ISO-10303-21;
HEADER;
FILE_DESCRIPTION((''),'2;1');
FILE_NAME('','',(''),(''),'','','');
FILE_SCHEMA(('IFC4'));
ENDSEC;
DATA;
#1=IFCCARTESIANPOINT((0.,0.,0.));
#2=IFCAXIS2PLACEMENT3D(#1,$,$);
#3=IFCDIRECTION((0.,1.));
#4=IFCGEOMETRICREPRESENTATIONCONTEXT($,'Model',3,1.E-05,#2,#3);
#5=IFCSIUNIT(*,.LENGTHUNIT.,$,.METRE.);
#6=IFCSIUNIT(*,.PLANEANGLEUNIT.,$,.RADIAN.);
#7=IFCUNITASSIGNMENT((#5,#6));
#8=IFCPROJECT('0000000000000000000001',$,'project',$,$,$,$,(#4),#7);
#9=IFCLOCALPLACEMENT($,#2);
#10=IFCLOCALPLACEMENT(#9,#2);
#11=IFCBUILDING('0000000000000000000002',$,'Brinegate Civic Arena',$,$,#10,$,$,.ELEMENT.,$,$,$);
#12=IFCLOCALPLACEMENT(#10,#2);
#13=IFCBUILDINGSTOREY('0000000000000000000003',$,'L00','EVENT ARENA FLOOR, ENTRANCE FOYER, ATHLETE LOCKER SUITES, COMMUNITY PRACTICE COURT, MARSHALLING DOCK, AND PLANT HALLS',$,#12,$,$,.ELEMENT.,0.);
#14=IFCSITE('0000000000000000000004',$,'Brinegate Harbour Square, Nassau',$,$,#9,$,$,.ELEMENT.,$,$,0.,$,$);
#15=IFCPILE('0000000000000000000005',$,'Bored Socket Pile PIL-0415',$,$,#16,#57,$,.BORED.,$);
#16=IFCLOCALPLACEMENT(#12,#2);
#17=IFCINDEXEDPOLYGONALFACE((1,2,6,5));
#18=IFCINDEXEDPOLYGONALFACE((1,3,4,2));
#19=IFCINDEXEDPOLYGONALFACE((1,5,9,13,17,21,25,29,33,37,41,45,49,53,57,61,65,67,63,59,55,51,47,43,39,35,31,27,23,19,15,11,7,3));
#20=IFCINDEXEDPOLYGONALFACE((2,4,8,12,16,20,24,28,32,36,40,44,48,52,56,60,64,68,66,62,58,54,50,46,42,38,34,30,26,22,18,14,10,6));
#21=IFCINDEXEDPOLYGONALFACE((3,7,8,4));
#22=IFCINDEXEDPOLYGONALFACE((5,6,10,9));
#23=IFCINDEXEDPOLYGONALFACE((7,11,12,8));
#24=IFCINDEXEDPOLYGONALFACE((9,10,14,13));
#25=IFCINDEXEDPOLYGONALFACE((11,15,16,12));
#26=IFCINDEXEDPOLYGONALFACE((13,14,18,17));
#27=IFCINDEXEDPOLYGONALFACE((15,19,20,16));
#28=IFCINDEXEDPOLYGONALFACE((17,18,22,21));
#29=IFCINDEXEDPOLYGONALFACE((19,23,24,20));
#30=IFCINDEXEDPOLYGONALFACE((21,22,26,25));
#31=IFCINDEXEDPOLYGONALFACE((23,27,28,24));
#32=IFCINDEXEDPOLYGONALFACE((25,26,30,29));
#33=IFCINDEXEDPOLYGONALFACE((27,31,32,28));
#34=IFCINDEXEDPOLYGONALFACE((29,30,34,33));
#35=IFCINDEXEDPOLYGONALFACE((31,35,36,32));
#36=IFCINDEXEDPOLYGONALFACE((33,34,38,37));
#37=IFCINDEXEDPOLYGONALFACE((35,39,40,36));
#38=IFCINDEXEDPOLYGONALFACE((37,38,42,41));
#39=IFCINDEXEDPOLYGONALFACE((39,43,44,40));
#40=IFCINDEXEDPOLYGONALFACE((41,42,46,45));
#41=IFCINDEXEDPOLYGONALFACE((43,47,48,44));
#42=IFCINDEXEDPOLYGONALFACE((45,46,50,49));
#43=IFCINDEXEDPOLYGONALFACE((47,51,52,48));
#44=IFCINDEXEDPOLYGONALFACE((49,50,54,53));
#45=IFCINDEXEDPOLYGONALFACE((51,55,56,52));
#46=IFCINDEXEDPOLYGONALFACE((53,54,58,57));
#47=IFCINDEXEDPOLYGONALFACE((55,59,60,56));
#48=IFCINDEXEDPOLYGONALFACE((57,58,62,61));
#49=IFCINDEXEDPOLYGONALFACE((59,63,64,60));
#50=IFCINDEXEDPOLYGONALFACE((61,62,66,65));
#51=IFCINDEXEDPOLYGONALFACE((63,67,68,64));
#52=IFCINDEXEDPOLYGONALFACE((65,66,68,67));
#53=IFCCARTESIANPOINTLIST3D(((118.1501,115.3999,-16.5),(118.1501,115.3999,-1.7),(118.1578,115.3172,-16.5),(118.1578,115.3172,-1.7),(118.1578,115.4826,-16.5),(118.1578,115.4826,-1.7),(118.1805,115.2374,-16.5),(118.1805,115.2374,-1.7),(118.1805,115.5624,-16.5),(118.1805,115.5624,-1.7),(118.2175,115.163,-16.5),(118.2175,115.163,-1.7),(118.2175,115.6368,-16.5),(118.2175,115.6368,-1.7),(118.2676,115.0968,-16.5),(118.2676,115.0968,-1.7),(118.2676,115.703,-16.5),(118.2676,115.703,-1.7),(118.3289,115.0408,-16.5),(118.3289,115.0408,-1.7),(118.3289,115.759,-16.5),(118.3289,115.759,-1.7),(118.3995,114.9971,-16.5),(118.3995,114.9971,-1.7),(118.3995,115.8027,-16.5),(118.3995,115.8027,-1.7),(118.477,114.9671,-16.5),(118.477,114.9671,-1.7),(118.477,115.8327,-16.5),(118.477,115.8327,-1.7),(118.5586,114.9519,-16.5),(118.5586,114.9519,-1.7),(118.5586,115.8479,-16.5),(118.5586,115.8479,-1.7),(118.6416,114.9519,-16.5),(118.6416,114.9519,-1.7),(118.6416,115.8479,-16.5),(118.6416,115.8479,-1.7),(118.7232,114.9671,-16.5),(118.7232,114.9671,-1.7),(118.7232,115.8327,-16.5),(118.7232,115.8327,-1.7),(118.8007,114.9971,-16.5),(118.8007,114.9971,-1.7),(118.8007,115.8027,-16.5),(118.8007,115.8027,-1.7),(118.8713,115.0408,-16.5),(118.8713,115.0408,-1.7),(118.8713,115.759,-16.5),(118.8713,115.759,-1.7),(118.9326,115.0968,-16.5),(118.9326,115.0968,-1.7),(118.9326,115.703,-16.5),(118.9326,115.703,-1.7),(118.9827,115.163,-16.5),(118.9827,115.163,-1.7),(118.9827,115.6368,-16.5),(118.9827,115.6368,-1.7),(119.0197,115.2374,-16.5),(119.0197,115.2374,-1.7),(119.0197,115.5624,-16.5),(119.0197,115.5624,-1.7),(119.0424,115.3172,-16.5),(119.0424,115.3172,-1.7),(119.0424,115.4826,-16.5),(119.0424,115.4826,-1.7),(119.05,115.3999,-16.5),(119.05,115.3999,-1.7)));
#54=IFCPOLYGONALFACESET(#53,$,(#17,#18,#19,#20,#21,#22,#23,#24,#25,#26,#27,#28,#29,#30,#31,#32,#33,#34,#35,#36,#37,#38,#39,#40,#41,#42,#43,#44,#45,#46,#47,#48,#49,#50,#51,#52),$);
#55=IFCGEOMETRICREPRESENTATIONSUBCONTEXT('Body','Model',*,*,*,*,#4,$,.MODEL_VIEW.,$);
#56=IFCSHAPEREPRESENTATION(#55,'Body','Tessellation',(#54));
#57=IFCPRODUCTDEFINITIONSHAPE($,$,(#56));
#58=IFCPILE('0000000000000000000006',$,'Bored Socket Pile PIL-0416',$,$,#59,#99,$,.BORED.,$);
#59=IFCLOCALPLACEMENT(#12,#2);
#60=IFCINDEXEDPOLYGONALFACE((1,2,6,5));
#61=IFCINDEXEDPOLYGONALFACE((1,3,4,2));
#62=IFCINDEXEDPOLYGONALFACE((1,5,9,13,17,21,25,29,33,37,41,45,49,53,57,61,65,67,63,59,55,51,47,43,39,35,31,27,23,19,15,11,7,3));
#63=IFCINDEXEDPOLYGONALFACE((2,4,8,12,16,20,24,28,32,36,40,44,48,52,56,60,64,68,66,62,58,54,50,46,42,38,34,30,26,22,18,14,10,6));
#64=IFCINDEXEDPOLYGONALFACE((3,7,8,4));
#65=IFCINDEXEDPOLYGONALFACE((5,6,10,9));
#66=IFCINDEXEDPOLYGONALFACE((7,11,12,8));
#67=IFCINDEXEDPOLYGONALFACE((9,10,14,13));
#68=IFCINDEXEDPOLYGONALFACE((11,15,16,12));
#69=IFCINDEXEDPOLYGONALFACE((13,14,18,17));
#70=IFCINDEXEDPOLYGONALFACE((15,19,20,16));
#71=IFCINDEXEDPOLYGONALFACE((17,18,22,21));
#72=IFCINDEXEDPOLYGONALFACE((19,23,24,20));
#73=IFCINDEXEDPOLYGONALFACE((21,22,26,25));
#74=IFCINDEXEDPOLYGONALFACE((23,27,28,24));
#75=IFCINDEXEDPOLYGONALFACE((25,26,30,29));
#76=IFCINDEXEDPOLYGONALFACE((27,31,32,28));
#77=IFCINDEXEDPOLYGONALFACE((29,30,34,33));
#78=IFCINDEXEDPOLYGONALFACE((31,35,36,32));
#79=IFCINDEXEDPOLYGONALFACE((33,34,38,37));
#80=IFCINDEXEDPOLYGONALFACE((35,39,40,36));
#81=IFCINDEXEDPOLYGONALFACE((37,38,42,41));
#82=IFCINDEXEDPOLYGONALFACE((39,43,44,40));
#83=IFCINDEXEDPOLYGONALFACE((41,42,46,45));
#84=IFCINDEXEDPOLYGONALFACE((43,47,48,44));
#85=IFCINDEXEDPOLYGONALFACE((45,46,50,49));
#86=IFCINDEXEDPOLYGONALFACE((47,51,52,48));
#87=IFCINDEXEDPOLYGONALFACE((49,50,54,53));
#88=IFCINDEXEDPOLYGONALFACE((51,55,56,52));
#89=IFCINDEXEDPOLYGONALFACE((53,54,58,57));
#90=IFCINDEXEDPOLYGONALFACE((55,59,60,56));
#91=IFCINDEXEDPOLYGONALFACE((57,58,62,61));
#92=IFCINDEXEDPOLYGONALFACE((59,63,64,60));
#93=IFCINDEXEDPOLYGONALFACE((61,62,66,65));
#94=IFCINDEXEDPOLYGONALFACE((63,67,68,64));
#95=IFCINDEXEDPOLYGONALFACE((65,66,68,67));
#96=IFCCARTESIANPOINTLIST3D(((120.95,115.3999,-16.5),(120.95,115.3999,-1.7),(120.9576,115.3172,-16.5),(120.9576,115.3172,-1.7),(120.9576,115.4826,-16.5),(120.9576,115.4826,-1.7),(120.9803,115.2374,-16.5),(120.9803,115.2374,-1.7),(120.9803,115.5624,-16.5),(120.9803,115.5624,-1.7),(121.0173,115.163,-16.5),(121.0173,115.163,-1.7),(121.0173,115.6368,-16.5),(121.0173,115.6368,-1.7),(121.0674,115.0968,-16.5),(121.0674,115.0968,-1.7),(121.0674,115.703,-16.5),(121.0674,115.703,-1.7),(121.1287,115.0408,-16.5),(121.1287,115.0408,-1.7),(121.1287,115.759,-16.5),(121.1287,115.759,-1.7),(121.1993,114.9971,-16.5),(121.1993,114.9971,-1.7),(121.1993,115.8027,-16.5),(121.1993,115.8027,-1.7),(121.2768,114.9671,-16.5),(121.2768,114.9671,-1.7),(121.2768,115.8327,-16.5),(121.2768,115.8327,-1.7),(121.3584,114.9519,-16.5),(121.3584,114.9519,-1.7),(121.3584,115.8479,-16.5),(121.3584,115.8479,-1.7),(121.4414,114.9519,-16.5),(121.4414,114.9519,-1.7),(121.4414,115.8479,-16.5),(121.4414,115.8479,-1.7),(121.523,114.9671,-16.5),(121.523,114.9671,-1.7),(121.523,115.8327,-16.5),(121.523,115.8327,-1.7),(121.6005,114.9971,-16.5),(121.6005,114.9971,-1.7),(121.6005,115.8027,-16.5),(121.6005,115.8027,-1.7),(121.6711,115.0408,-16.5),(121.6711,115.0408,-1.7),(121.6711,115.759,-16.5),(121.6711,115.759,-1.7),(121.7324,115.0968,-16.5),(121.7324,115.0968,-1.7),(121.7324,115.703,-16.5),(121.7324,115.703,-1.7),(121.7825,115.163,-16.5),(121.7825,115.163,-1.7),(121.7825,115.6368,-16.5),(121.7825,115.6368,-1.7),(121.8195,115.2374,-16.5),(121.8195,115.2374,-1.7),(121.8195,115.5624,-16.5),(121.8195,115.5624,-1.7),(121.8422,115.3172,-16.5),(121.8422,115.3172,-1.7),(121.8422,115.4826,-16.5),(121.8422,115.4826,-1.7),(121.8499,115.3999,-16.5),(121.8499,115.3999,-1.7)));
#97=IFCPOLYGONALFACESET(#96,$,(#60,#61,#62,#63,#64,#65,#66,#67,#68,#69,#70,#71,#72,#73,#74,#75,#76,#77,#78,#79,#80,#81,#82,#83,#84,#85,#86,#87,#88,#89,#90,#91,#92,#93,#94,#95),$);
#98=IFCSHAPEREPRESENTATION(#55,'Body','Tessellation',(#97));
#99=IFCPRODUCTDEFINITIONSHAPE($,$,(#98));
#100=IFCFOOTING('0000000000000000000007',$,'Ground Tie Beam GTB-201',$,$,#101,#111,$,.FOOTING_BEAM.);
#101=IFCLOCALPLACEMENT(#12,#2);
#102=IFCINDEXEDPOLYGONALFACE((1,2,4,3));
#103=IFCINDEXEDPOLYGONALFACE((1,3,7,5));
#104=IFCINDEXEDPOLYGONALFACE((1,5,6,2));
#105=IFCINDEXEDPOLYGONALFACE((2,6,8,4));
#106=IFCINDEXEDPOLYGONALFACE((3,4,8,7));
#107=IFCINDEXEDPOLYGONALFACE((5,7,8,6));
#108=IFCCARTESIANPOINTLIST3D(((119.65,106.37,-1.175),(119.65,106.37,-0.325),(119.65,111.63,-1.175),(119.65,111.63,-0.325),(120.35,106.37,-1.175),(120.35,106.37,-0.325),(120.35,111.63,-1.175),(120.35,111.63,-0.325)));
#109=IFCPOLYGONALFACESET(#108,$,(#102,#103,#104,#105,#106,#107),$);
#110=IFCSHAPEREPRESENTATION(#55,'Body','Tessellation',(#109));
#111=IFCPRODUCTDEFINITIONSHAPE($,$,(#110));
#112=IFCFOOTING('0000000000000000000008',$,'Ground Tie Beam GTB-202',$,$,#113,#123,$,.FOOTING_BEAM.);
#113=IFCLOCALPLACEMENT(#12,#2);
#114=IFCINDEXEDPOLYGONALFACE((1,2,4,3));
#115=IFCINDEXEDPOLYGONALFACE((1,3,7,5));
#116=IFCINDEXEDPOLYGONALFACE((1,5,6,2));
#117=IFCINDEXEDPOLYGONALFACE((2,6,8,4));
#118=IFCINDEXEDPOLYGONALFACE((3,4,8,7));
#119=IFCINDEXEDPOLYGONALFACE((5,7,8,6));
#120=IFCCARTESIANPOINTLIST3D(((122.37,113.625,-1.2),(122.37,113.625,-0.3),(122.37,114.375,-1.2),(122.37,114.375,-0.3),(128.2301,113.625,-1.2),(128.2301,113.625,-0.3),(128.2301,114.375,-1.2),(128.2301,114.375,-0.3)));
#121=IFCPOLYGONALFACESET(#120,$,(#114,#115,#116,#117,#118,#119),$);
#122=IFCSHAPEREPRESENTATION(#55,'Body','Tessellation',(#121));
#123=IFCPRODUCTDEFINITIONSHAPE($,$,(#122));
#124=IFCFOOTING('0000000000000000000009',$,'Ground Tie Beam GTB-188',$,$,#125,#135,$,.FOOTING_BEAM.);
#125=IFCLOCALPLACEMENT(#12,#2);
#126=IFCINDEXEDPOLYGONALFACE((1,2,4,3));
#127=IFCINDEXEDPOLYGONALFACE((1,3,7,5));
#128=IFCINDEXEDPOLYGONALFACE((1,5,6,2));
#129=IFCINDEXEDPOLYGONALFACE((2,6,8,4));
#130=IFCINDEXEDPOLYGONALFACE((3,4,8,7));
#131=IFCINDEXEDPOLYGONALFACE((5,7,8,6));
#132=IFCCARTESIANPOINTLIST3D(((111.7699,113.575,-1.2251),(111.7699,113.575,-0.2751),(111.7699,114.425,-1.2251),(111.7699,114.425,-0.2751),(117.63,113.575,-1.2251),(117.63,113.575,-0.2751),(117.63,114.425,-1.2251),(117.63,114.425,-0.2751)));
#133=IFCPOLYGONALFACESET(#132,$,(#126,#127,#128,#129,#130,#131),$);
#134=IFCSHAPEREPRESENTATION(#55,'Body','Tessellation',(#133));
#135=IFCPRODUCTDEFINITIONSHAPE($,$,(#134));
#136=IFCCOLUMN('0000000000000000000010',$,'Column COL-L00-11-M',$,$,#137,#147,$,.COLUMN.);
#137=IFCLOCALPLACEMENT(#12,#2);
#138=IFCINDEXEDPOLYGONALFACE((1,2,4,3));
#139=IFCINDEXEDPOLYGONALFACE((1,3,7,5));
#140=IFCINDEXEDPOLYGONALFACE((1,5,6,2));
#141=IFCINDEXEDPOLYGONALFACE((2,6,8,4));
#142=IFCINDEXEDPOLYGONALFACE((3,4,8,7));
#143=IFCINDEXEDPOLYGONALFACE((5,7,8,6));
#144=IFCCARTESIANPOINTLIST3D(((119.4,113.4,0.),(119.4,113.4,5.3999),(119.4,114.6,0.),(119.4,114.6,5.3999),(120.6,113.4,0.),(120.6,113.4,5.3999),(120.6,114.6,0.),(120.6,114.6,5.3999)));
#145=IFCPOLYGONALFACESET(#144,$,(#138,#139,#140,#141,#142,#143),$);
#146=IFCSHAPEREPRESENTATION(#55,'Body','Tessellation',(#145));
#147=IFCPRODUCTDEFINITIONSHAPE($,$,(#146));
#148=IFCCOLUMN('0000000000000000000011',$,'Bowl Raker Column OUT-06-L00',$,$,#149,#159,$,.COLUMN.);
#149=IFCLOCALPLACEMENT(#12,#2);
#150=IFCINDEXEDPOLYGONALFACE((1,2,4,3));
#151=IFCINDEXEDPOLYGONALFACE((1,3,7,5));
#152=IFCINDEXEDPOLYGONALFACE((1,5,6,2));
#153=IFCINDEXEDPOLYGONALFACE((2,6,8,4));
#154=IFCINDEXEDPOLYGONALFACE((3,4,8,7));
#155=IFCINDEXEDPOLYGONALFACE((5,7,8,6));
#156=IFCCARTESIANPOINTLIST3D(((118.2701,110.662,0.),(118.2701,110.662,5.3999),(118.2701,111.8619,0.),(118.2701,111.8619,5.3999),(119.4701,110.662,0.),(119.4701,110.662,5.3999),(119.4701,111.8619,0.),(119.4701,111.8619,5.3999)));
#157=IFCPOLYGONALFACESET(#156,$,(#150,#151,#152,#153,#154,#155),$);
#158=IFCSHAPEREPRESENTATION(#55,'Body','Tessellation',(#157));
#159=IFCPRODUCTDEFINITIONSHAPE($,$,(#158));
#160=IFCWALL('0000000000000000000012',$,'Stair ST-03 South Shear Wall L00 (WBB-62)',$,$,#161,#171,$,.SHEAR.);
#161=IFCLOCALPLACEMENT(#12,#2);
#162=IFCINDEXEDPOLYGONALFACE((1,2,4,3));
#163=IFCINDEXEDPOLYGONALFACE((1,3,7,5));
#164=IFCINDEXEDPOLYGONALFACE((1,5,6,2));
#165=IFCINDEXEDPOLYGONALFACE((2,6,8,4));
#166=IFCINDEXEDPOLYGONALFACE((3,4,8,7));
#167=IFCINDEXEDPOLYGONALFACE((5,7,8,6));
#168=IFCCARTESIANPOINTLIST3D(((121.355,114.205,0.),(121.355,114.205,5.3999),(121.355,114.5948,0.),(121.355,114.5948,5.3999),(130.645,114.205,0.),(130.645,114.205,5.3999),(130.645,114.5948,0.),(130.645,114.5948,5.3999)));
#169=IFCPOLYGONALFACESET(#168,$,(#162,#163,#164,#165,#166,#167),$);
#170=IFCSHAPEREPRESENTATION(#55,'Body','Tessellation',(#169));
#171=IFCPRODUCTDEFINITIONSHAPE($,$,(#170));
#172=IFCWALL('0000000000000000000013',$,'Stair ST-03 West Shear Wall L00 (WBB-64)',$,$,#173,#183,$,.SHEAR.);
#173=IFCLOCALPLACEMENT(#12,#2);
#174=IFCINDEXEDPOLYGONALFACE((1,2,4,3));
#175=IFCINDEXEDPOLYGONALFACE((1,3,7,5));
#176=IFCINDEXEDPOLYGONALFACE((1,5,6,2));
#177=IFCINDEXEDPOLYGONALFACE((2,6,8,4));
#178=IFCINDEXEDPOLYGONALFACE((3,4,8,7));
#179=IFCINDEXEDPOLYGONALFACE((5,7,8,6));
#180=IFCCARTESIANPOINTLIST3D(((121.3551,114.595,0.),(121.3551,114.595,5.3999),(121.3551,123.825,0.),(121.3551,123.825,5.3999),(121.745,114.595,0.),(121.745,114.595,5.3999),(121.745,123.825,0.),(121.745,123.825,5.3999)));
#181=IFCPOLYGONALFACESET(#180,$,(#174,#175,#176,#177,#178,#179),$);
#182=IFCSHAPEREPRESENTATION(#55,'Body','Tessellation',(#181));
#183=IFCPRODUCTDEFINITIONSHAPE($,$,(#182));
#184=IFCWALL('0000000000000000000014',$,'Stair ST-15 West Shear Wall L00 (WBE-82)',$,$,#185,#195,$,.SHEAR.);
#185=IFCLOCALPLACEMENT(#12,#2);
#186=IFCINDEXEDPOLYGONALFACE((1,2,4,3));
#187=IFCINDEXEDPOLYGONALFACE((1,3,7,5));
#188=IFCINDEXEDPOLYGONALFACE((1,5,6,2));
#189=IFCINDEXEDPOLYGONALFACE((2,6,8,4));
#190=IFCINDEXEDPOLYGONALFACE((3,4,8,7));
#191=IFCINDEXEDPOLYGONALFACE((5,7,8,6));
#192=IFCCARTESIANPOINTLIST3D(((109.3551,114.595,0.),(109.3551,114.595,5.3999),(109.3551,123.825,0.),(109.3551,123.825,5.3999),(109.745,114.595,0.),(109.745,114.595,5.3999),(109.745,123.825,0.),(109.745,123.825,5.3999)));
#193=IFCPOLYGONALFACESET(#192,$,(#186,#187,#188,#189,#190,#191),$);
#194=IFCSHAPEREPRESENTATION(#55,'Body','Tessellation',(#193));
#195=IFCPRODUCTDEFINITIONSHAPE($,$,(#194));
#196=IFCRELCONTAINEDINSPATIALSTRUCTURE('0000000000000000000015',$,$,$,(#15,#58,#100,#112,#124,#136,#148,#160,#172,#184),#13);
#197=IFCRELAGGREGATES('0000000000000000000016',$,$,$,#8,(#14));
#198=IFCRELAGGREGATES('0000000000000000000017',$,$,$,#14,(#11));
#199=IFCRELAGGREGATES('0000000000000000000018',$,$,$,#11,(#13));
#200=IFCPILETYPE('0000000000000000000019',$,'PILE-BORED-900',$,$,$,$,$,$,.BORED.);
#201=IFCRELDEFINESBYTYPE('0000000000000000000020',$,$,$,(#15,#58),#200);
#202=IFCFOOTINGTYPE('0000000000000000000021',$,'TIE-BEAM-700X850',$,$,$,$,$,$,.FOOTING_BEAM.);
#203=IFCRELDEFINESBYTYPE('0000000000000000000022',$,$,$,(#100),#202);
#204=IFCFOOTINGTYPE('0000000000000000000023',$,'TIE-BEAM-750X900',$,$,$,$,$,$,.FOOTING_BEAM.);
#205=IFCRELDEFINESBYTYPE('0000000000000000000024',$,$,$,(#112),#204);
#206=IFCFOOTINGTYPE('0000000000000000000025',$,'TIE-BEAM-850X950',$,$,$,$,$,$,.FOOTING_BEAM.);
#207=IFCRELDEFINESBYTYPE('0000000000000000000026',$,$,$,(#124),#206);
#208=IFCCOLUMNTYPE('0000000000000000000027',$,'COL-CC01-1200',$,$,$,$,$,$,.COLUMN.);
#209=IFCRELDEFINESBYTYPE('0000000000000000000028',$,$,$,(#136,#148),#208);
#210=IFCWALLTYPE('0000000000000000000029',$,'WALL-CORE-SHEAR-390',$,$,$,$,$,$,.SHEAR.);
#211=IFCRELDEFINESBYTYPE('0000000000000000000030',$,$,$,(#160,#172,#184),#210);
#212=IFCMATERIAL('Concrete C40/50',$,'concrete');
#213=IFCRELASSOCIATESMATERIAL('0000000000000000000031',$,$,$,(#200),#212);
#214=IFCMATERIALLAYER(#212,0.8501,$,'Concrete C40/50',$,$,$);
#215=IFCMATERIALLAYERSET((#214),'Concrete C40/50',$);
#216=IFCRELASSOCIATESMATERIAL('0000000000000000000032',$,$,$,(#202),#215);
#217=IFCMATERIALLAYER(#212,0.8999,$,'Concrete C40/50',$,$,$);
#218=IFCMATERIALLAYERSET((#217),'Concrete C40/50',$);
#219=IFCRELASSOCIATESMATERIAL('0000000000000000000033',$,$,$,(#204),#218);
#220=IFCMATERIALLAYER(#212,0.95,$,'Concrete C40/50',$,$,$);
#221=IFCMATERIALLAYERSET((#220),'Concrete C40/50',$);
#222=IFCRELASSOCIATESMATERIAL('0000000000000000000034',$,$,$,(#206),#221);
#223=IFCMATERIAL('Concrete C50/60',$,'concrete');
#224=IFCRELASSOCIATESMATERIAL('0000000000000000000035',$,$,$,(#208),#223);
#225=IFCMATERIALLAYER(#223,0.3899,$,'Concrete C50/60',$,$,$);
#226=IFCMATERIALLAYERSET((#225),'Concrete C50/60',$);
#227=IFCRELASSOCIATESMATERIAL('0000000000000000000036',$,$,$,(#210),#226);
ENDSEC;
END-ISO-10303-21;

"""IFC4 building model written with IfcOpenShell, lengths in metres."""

from ifc_helpers import new_model, si_unit, direction, frame, frame_2d, origin, origin_2d, place, context, subcontext, project, spatial, rectangle, circle, extrude, material, layer, layer_set, material_profile, profile_set, type_object, element, save


model = new_model("IFC4")

# Units and contexts
model_context = context("Model", 3, precision=1e-05, world=origin(), true_north=direction((0.0, 1.0)))
body_context = subcontext(model_context, "Body", "Model", "MODEL_VIEW")
ifc_project = project(units=[si_unit("LENGTHUNIT", "METRE"), si_unit("PLANEANGLEUNIT", "RADIAN")], contexts=[model_context])

# Site, building, storey
site_placement = place(None, origin())
site = spatial("IfcSite", under=ifc_project, at=site_placement, Name="Brinegate Harbour Square, Nassau", CompositionType="ELEMENT", RefElevation=0.0)
building_placement = place(site_placement, origin())
building = spatial("IfcBuilding", under=site, at=building_placement, Name="Brinegate Civic Arena", CompositionType="ELEMENT")
storey_placement = place(building_placement, origin())
storey = spatial("IfcBuildingStorey", under=building, at=storey_placement, Name="L00", Description="EVENT ARENA FLOOR, ENTRANCE FOYER, ATHLETE LOCKER SUITES, COMMUNITY PRACTICE COURT, MARSHALLING DOCK, AND PLANT HALLS", CompositionType="ELEMENT", Elevation=0.0)

# Shared definitions
ifc_material_1 = material(Name="Concrete C40/50", Category="concrete")

# Piles
ifc_material_profile_1 = material_profile(ifc_material_1, circle(Radius=0.45, at=origin_2d()), Name="PILED900")
ifc_profile_set_1 = profile_set([ifc_material_profile_1], Name="Concrete C40/50")
pile_type_1 = type_object("IfcPileType", Name="PILE-BORED-900", PredefinedType="BORED", material=ifc_profile_set_1)
for number, where, z_axis, x_axis, name in (
    (1, (118.6001, 115.3999, -1.7), (0.0, 0.0, -1.0), (1.0, 0.0, 0.0), "Bored Socket Pile PIL-0415"),
    (2, (121.3999, 115.3999, -1.7), (0.0, 0.0, -1.0), (1.0, 0.0, 0.0), "Bored Socket Pile PIL-0416"),
):
    element("IfcPile", number, at=place(storey_placement, frame(where, z_axis=z_axis, x_axis=x_axis)), inside=storey, type_object=pile_type_1, Name=name, PredefinedType="BORED", context=body_context, shape_type="SweptSolid", body=[
        extrude(circle(Radius=0.45, at=origin_2d()), origin(), (0.0, 0.0, 1.0), 14.8),
    ])

# Footings
ifc_layer_1 = layer(ifc_material_1, 0.8501, Name="Concrete C40/50")
ifc_layer_set_1 = layer_set([ifc_layer_1], Name="Concrete C40/50")
footing_type_1 = type_object("IfcFootingType", Name="TIE-BEAM-700X850", PredefinedType="FOOTING_BEAM", material=ifc_layer_set_1)
footing_1_placement = place(storey_placement, frame((120.0, 109.0, -1.175), z_axis=(0.0, 0.0, 1.0), x_axis=(0.0, 1.0, 0.0)))
element("IfcFooting", 3, at=footing_1_placement, inside=storey, type_object=footing_type_1, Name="Ground Tie Beam GTB-201", PredefinedType="FOOTING_BEAM", context=body_context, shape_type="SweptSolid", body=[
    extrude(rectangle(XDim=5.26, YDim=0.7, at=origin_2d()), origin(), (0.0, 0.0, 1.0), 0.8501),
])
ifc_layer_2 = layer(ifc_material_1, 0.8999, Name="Concrete C40/50")
ifc_layer_set_2 = layer_set([ifc_layer_2], Name="Concrete C40/50")
footing_type_2 = type_object("IfcFootingType", Name="TIE-BEAM-750X900", PredefinedType="FOOTING_BEAM", material=ifc_layer_set_2)
footing_2_placement = place(storey_placement, frame((125.3, 114.0, -1.2), z_axis=(0.0, 0.0, 1.0), x_axis=(1.0, 0.0, 0.0)))
element("IfcFooting", 4, at=footing_2_placement, inside=storey, type_object=footing_type_2, Name="Ground Tie Beam GTB-202", PredefinedType="FOOTING_BEAM", context=body_context, shape_type="SweptSolid", body=[
    extrude(rectangle(XDim=5.8601, YDim=0.75, at=origin_2d()), origin(), (0.0, 0.0, 1.0), 0.8999),
])
ifc_layer_3 = layer(ifc_material_1, 0.95, Name="Concrete C40/50")
ifc_layer_set_3 = layer_set([ifc_layer_3], Name="Concrete C40/50")
footing_type_3 = type_object("IfcFootingType", Name="TIE-BEAM-850X950", PredefinedType="FOOTING_BEAM", material=ifc_layer_set_3)
footing_3_placement = place(storey_placement, frame((114.7, 114.0, -1.2251), z_axis=(0.0, 0.0, 1.0), x_axis=(1.0, 0.0, 0.0)))
element("IfcFooting", 5, at=footing_3_placement, inside=storey, type_object=footing_type_3, Name="Ground Tie Beam GTB-188", PredefinedType="FOOTING_BEAM", context=body_context, shape_type="SweptSolid", body=[
    extrude(rectangle(XDim=5.8601, YDim=0.8501, at=origin_2d()), origin(), (0.0, 0.0, 1.0), 0.95),
])

# Columns
ifc_material_2 = material(Name="Concrete C50/60", Category="concrete")
ifc_material_profile_2 = material_profile(ifc_material_2, rectangle(XDim=1.2, YDim=1.2, at=origin_2d()), Name="RC1200X1200")
ifc_profile_set_2 = profile_set([ifc_material_profile_2], Name="Concrete C50/60")
column_type = type_object("IfcColumnType", Name="COL-CC01-1200", PredefinedType="COLUMN", material=ifc_profile_set_2)
for number, where, z_axis, x_axis, name in (
    (6, (120.0, 114.0, 0.0), (0.0, 0.0, 1.0), (1.0, 0.0, 0.0), "Column COL-L00-11-M"),
    (7, (118.8701, 111.262, 0.0), (0.0, 0.0, 1.0), (1.0, 0.0, 0.0), "Bowl Raker Column OUT-06-L00"),
):
    element("IfcColumn", number, at=place(storey_placement, frame(where, z_axis=z_axis, x_axis=x_axis)), inside=storey, type_object=column_type, Name=name, PredefinedType="COLUMN", context=body_context, shape_type="SweptSolid", body=[
        extrude(rectangle(XDim=1.2, YDim=1.2, at=origin_2d()), origin(), (0.0, 0.0, 1.0), 5.3999),
    ])

# Walls
ifc_layer_4 = layer(ifc_material_2, 0.3899, Name="Concrete C50/60")
ifc_layer_set_4 = layer_set([ifc_layer_4], Name="Concrete C50/60")
wall_type_1 = type_object("IfcWallType", Name="WALL-CORE-SHEAR-390", PredefinedType="SHEAR", material=ifc_layer_set_4)
wall_1_placement = place(storey_placement, frame((121.355, 114.3999, 0.0), z_axis=(0.0, 0.0, 1.0), x_axis=(1.0, 0.0, 0.0)))
element("IfcWall", 8, at=wall_1_placement, inside=storey, type_object=wall_type_1, Name="Stair ST-03 South Shear Wall L00 (WBB-62)", PredefinedType="SHEAR", context=body_context, shape_type="SweptSolid", body=[
    extrude(rectangle(XDim=9.29, YDim=0.3899, at=frame_2d((4.645, 0.0))), origin(), (0.0, 0.0, 1.0), 5.3999),
])
for number, where, z_axis, x_axis, name in (
    (9, (121.55, 114.595, 0.0), (0.0, 0.0, 1.0), (0.0, 1.0, 0.0), "Stair ST-03 West Shear Wall L00 (WBB-64)"),
    (10, (109.55, 114.595, 0.0), (0.0, 0.0, 1.0), (0.0, 1.0, 0.0), "Stair ST-15 West Shear Wall L00 (WBE-82)"),
):
    element("IfcWall", number, at=place(storey_placement, frame(where, z_axis=z_axis, x_axis=x_axis)), inside=storey, type_object=wall_type_1, Name=name, PredefinedType="SHEAR", context=body_context, shape_type="SweptSolid", body=[
        extrude(rectangle(XDim=9.23, YDim=0.3899, at=frame_2d((4.615, 0.0))), origin(), (0.0, 0.0, 1.0), 5.3999),
    ])

save(model, "model.ifc")
